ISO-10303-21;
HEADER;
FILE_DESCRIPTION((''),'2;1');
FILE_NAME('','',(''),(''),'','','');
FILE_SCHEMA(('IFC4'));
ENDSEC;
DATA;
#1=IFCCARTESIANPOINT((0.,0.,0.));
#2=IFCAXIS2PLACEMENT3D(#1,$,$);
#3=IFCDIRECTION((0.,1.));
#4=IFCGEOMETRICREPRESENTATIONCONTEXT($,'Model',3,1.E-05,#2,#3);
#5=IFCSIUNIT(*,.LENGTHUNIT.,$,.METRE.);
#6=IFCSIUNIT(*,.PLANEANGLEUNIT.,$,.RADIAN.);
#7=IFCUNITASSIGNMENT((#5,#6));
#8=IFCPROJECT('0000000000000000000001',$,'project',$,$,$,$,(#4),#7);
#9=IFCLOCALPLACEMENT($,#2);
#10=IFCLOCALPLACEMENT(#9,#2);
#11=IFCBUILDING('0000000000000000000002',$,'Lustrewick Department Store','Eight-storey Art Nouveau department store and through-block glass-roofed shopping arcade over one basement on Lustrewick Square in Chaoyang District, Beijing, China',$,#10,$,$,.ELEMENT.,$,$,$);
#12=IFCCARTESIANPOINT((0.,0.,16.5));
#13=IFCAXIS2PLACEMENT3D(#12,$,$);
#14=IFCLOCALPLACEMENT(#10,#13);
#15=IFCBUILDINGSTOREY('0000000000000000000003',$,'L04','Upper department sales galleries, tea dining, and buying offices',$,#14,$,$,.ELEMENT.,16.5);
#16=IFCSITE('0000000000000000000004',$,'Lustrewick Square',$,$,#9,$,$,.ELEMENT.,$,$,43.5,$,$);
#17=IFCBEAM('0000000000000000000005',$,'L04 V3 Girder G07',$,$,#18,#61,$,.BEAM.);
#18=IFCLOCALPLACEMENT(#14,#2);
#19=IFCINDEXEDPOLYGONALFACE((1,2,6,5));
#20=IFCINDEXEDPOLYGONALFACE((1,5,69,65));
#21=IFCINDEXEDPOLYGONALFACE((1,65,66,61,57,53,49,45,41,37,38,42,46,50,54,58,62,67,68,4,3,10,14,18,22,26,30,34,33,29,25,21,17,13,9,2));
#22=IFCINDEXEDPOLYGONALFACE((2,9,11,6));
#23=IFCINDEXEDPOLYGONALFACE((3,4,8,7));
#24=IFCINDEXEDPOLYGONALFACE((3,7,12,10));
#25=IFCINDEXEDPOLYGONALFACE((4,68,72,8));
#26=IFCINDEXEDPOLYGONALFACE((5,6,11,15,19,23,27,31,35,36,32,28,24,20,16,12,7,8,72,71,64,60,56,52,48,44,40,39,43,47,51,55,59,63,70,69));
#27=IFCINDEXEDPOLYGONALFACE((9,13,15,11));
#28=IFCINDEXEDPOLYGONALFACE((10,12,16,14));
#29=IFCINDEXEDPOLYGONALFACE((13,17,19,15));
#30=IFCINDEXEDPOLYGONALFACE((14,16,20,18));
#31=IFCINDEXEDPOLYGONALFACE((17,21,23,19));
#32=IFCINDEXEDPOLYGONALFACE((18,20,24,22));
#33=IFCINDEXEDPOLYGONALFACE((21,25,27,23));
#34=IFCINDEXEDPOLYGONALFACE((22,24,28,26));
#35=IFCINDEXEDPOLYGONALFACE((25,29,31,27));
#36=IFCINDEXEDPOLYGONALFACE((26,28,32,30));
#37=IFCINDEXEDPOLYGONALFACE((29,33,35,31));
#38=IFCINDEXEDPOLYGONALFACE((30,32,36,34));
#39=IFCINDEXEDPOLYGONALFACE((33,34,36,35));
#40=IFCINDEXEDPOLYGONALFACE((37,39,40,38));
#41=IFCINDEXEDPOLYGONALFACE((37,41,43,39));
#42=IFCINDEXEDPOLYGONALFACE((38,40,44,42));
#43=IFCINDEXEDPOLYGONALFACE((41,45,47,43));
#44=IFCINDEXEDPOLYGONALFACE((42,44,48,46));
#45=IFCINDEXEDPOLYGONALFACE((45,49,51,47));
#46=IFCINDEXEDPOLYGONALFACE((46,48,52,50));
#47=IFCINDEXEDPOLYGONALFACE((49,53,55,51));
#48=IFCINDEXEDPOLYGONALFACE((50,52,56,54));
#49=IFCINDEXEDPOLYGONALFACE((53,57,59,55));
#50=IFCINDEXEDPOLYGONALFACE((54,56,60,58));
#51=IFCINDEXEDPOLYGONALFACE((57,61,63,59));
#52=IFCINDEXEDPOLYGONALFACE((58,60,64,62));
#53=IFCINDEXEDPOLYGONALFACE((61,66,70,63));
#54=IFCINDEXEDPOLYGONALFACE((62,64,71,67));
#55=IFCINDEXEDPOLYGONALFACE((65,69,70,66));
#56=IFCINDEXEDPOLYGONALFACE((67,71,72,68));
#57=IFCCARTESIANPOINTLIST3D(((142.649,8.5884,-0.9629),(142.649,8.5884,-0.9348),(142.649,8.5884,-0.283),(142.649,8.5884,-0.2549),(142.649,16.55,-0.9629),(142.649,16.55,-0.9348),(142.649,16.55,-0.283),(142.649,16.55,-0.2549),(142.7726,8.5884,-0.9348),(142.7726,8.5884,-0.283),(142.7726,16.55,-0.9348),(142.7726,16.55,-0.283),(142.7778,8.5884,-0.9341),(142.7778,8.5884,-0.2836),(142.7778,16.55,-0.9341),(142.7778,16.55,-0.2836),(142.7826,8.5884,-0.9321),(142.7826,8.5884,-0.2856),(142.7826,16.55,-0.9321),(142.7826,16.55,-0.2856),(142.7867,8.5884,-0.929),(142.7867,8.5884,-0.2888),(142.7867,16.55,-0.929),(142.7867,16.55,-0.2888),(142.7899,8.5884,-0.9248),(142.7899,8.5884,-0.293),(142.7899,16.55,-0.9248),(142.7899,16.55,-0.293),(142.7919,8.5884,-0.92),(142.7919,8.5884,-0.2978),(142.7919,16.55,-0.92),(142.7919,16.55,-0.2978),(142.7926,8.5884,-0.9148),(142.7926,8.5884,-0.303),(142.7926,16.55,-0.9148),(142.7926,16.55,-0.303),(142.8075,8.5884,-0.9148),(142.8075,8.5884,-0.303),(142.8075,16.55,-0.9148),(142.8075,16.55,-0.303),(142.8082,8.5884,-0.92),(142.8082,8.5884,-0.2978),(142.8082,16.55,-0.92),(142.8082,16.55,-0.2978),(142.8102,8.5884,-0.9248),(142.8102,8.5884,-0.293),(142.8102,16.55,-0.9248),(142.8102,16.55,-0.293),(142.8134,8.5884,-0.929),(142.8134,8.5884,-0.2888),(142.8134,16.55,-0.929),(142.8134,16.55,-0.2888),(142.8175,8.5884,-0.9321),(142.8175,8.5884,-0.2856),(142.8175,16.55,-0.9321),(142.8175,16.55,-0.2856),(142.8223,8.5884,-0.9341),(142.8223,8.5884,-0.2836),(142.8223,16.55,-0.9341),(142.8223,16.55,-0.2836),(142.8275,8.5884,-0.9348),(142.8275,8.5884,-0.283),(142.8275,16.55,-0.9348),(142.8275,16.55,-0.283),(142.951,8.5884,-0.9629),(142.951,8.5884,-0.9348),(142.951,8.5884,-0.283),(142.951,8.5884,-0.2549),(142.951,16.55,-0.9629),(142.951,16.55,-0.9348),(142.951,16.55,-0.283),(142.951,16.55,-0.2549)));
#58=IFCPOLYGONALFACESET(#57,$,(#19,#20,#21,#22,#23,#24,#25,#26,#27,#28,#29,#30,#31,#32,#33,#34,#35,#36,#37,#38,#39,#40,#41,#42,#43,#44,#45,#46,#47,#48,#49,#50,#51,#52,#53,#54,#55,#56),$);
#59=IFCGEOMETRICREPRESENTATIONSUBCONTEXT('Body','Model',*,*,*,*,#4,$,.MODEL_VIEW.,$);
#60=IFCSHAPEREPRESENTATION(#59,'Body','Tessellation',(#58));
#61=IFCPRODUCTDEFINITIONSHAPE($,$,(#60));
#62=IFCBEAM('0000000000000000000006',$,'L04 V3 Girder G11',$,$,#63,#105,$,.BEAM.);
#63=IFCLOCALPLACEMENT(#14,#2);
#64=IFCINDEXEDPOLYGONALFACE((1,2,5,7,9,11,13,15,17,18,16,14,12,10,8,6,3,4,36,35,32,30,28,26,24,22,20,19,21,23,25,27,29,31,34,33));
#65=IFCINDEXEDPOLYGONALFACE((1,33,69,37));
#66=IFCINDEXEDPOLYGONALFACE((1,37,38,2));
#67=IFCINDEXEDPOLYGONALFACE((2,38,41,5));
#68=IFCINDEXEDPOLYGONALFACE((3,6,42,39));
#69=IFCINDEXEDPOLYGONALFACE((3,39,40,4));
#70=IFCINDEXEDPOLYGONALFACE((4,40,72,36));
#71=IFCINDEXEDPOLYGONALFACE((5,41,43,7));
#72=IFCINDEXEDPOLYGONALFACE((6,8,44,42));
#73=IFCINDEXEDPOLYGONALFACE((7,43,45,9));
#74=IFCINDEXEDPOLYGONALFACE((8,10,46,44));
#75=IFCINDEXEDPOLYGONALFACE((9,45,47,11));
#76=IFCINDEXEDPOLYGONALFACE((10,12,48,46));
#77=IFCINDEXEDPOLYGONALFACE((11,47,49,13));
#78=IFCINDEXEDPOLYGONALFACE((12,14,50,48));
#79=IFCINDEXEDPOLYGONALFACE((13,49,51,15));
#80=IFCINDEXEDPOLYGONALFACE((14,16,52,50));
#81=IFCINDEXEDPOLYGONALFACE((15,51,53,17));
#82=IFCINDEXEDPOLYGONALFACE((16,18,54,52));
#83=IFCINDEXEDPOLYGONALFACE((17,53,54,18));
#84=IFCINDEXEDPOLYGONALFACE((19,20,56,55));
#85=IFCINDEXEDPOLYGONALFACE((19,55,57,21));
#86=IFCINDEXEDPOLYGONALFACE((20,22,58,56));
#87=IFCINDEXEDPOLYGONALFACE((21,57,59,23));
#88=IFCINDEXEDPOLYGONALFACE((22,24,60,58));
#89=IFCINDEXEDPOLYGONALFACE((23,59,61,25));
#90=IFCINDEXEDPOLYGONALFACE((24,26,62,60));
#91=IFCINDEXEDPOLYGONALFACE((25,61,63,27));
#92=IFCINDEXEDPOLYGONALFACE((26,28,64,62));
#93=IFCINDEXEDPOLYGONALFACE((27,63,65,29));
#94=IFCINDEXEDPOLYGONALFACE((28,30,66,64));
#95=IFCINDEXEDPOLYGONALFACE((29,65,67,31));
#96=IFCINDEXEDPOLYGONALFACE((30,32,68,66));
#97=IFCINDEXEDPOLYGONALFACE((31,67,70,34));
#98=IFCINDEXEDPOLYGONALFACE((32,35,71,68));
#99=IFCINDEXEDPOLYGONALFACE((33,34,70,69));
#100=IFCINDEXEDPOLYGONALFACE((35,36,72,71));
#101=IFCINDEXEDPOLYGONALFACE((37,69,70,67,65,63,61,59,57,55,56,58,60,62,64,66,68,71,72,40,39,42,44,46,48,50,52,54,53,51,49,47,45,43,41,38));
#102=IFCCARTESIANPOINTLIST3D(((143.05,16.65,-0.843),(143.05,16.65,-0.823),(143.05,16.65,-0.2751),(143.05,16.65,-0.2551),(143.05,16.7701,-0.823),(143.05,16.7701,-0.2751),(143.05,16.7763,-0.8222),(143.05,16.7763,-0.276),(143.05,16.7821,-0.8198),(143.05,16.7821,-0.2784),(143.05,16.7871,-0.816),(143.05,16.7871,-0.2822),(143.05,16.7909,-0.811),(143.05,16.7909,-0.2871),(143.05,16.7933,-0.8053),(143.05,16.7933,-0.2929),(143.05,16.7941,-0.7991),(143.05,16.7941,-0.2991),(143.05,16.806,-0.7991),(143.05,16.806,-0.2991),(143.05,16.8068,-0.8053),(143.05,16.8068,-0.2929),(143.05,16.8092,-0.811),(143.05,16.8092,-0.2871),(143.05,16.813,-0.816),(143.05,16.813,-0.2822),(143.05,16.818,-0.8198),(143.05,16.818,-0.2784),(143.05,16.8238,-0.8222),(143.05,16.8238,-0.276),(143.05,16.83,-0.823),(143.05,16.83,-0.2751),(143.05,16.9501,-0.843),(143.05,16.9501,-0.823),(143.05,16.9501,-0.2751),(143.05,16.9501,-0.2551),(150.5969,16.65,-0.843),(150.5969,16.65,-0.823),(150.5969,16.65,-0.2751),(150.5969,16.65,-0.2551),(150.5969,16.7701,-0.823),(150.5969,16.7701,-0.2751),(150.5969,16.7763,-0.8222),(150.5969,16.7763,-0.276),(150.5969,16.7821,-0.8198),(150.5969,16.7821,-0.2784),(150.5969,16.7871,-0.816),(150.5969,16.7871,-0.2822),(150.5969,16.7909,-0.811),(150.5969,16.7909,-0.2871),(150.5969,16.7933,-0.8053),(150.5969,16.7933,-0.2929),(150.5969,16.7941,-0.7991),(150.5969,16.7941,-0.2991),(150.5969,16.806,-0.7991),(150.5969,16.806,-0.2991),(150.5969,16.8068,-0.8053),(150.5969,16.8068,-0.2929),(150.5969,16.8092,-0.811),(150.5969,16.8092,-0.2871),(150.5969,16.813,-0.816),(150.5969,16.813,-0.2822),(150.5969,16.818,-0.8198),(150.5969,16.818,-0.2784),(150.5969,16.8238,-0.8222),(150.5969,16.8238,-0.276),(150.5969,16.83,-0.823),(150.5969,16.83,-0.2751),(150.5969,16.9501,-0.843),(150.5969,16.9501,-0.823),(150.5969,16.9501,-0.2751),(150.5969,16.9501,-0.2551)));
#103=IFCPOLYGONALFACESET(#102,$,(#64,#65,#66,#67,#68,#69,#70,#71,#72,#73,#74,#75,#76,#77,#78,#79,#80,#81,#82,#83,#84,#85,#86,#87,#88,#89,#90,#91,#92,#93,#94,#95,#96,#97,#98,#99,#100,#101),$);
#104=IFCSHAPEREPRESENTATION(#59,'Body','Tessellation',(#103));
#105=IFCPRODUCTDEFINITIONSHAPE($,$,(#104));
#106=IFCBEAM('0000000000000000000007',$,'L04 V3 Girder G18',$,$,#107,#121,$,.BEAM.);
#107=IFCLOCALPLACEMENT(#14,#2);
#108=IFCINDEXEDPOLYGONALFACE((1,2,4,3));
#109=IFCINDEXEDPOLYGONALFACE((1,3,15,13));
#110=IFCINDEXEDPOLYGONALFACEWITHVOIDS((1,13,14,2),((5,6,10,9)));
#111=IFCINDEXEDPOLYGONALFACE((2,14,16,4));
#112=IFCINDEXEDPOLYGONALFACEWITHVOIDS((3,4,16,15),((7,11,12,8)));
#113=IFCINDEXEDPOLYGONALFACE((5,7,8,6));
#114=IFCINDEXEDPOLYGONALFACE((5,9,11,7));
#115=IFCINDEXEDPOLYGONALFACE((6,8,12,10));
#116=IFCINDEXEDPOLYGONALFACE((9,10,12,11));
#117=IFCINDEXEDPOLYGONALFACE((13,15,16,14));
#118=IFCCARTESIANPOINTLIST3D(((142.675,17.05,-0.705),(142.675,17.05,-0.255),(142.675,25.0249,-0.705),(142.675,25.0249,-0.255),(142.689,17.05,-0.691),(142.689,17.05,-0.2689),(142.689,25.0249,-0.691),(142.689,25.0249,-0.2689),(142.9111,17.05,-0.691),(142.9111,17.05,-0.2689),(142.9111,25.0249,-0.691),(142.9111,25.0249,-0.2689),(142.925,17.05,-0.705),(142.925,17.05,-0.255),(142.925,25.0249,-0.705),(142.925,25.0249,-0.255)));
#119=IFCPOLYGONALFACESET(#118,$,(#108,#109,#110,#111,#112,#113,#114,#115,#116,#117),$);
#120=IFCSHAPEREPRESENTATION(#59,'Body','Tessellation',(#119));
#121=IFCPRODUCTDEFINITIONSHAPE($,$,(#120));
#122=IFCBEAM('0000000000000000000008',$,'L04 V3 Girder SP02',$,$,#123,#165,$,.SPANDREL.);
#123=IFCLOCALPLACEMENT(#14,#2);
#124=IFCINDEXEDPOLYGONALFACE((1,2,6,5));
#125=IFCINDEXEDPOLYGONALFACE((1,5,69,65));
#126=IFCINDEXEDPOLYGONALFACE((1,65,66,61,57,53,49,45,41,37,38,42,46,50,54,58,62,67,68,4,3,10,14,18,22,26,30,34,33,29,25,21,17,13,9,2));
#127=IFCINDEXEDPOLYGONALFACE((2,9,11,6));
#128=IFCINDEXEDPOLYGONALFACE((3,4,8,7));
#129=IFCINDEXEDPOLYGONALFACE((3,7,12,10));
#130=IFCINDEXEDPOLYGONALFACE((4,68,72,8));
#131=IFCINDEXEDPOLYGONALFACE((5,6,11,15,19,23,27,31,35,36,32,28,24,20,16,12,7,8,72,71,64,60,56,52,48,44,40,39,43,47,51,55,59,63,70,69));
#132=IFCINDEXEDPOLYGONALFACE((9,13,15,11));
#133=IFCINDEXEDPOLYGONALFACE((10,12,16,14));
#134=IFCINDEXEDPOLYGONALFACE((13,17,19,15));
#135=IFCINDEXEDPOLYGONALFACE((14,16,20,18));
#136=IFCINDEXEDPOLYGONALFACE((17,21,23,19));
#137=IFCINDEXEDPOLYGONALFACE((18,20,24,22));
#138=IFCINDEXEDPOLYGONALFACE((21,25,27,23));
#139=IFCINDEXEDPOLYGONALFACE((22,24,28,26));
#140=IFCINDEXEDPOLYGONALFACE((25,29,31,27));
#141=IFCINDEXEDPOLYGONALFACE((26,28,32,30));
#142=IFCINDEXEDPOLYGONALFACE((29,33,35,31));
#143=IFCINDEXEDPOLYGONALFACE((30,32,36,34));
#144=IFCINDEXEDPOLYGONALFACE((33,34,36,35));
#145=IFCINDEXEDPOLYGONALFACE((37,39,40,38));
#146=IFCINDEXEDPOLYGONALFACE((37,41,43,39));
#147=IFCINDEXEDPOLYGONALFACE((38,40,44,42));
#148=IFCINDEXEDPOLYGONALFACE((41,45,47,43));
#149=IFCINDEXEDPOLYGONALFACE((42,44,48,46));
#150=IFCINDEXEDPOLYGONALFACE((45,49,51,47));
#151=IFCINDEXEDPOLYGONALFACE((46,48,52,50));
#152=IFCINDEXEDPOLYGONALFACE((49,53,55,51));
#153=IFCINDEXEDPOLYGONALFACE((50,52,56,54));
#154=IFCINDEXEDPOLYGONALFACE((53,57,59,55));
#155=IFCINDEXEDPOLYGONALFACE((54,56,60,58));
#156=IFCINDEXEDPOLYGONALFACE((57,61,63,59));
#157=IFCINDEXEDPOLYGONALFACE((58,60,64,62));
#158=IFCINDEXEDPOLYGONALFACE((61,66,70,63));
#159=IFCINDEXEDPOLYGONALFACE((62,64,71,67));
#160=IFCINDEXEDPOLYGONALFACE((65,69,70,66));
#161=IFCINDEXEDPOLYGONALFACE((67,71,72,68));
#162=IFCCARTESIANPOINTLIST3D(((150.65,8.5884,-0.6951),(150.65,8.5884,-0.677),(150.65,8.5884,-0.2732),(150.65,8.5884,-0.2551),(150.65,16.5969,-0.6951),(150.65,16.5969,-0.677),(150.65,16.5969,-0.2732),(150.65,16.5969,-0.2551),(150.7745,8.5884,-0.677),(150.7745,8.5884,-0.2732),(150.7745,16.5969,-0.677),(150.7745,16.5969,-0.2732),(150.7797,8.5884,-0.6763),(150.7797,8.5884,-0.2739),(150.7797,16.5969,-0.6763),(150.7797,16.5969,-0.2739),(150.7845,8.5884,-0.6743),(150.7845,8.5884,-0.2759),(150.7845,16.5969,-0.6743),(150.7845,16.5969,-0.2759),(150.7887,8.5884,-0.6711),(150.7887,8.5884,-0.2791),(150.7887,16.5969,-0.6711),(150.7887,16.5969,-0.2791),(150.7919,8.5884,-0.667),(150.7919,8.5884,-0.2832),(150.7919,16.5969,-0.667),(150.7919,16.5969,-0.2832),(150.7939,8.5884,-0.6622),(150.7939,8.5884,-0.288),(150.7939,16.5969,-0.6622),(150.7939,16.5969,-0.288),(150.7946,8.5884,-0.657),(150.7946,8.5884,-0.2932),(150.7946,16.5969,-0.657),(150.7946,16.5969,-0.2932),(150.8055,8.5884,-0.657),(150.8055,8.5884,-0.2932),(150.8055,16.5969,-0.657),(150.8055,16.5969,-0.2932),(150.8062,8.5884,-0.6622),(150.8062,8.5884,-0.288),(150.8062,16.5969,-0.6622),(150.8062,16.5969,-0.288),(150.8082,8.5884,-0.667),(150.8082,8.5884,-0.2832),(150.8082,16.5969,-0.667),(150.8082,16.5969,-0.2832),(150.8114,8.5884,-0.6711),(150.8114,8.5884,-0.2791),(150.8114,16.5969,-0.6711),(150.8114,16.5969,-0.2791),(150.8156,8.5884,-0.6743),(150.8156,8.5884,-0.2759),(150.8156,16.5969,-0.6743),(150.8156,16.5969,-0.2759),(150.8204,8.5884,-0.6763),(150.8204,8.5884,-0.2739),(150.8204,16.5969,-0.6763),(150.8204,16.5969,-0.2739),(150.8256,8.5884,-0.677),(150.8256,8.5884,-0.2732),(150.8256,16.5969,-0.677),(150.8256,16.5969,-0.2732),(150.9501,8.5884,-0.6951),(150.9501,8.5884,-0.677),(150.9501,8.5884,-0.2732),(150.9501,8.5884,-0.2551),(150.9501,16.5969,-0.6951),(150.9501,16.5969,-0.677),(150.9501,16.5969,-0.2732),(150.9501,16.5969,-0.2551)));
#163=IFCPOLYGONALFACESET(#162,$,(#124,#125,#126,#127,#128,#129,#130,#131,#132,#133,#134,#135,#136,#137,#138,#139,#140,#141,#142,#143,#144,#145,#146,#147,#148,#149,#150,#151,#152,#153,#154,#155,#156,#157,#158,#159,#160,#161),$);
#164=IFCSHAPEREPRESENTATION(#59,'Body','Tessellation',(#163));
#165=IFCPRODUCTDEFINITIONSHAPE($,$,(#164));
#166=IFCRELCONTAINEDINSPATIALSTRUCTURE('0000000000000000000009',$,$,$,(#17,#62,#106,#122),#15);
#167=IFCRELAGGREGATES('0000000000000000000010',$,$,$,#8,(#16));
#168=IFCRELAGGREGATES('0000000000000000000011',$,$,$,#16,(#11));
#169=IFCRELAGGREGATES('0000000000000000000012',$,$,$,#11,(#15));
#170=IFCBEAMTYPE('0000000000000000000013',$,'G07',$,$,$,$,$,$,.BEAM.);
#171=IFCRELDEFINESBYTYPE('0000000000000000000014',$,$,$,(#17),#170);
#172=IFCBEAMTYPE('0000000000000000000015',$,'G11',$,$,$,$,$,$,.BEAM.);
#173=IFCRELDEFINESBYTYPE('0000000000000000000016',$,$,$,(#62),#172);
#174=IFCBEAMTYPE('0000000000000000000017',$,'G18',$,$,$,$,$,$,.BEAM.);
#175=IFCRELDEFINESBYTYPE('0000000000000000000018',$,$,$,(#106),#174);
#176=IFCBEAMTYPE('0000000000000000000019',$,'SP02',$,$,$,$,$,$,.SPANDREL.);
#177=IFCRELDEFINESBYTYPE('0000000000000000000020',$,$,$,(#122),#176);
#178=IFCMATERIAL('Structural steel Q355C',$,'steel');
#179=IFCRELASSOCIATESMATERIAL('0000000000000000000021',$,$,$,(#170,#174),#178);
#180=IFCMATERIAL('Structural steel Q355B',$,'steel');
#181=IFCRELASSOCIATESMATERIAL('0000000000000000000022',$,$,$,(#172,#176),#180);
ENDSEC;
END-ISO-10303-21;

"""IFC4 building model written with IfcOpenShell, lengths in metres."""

from ifc_helpers import new_model, si_unit, direction, frame, origin, origin_2d, place, context, subcontext, project, spatial, hollow_rectangle, i_section, extrude, material, material_profile, profile_set, type_object, element, save


model = new_model("IFC4")

# Units and contexts
model_context = context("Model", 3, precision=1e-05, world=origin(), true_north=direction((0.0, 1.0)))
body_context = subcontext(model_context, "Body", "Model", "MODEL_VIEW")
ifc_project = project(units=[si_unit("LENGTHUNIT", "METRE"), si_unit("PLANEANGLEUNIT", "RADIAN")], contexts=[model_context])

# Site, building, storey
site_placement = place(None, origin())
site = spatial("IfcSite", under=ifc_project, at=site_placement, Name="Lustrewick Square", CompositionType="ELEMENT", RefElevation=43.5)
building_placement = place(site_placement, origin())
building = spatial("IfcBuilding", under=site, at=building_placement, Name="Lustrewick Department Store", Description="Eight-storey Art Nouveau department store and through-block glass-roofed shopping arcade over one basement on Lustrewick Square in Chaoyang District, Beijing, China", CompositionType="ELEMENT")
storey_placement = place(building_placement, frame((0.0, 0.0, 16.5)))
storey = spatial("IfcBuildingStorey", under=building, at=storey_placement, Name="L04", Description="Upper department sales galleries, tea dining, and buying offices", CompositionType="ELEMENT", Elevation=16.5)

# Shared definitions
ifc_material_1 = material(Name="Structural steel Q355C", Category="steel")

# Shared definitions
ifc_material_2 = material(Name="Structural steel Q355B", Category="steel")

# Beams
ifc_material_profile_1 = material_profile(ifc_material_1, i_section(OverallWidth=0.302, OverallDepth=0.708, WebThickness=0.0149, FlangeThickness=0.0281, FilletRadius=0.02, at=origin_2d()), Name="HN 708x302x15x28")
ifc_profile_set_1 = profile_set([ifc_material_profile_1], Name="Structural steel Q355C")
beam_type_1 = type_object("IfcBeamType", Name="G07", PredefinedType="BEAM", material=ifc_profile_set_1)
beam_1_placement = place(storey_placement, frame((142.8, 8.5884, -0.6089), z_axis=(0.0, 1.0, 0.0), x_axis=(-1.0, 0.0, 0.0)))
element("IfcBeam", 1, at=beam_1_placement, inside=storey, type_object=beam_type_1, Name="L04 V3 Girder G07", PredefinedType="BEAM", context=body_context, shape_type="SweptSolid", body=[
    extrude(i_section(OverallWidth=0.302, OverallDepth=0.708, WebThickness=0.0149, FlangeThickness=0.0281, FilletRadius=0.02, at=origin_2d()), origin(), (0.0, 0.0, 1.0), 7.9617),
])
ifc_material_profile_2 = material_profile(ifc_material_2, i_section(OverallWidth=0.3, OverallDepth=0.5879, WebThickness=0.012, FlangeThickness=0.02, FilletRadius=0.0239, at=origin_2d()), Name="HM 588x300x12x20")
ifc_profile_set_2 = profile_set([ifc_material_profile_2], Name="Structural steel Q355B")
beam_type_2 = type_object("IfcBeamType", Name="G11", PredefinedType="BEAM", material=ifc_profile_set_2)
beam_2_placement = place(storey_placement, frame((143.05, 16.8, -0.5491), z_axis=(1.0, 0.0, 0.0), x_axis=(0.0, 1.0, 0.0)))
element("IfcBeam", 2, at=beam_2_placement, inside=storey, type_object=beam_type_2, Name="L04 V3 Girder G11", PredefinedType="BEAM", context=body_context, shape_type="SweptSolid", body=[
    extrude(i_section(OverallWidth=0.3, OverallDepth=0.5879, WebThickness=0.012, FlangeThickness=0.02, FilletRadius=0.0239, at=origin_2d()), origin(), (0.0, 0.0, 1.0), 7.5469),
])
ifc_material_profile_3 = material_profile(ifc_material_1, hollow_rectangle(XDim=0.25, YDim=0.45, WallThickness=0.0139, at=origin_2d()), Name="RHS 450x250x14")
ifc_profile_set_3 = profile_set([ifc_material_profile_3], Name="Structural steel Q355C")
beam_type_3 = type_object("IfcBeamType", Name="G18", PredefinedType="BEAM", material=ifc_profile_set_3)
beam_3_placement = place(storey_placement, frame((142.8, 17.05, -0.48), z_axis=(0.0, 1.0, 0.0), x_axis=(-1.0, 0.0, 0.0)))
element("IfcBeam", 3, at=beam_3_placement, inside=storey, type_object=beam_type_3, Name="L04 V3 Girder G18", PredefinedType="BEAM", context=body_context, shape_type="SweptSolid", body=[
    extrude(hollow_rectangle(XDim=0.25, YDim=0.45, WallThickness=0.0139, at=origin_2d()), origin(), (0.0, 0.0, 1.0), 7.9749),
])
ifc_material_profile_4 = material_profile(ifc_material_2, i_section(OverallWidth=0.3, OverallDepth=0.4399, WebThickness=0.011, FlangeThickness=0.0181, FilletRadius=0.02, at=origin_2d()), Name="HM 440x300x11x18")
ifc_profile_set_4 = profile_set([ifc_material_profile_4], Name="Structural steel Q355B")
beam_type_4 = type_object("IfcBeamType", Name="SP02", PredefinedType="SPANDREL", material=ifc_profile_set_4)
beam_4_placement = place(storey_placement, frame((150.8, 8.5884, -0.4751), z_axis=(0.0, 1.0, 0.0), x_axis=(-1.0, 0.0, 0.0)))
element("IfcBeam", 4, at=beam_4_placement, inside=storey, type_object=beam_type_4, Name="L04 V3 Girder SP02", PredefinedType="SPANDREL", context=body_context, shape_type="SweptSolid", body=[
    extrude(i_section(OverallWidth=0.3, OverallDepth=0.4399, WebThickness=0.011, FlangeThickness=0.0181, FilletRadius=0.02, at=origin_2d()), origin(), (0.0, 0.0, 1.0), 8.0085),
])

save(model, "model.ifc")
